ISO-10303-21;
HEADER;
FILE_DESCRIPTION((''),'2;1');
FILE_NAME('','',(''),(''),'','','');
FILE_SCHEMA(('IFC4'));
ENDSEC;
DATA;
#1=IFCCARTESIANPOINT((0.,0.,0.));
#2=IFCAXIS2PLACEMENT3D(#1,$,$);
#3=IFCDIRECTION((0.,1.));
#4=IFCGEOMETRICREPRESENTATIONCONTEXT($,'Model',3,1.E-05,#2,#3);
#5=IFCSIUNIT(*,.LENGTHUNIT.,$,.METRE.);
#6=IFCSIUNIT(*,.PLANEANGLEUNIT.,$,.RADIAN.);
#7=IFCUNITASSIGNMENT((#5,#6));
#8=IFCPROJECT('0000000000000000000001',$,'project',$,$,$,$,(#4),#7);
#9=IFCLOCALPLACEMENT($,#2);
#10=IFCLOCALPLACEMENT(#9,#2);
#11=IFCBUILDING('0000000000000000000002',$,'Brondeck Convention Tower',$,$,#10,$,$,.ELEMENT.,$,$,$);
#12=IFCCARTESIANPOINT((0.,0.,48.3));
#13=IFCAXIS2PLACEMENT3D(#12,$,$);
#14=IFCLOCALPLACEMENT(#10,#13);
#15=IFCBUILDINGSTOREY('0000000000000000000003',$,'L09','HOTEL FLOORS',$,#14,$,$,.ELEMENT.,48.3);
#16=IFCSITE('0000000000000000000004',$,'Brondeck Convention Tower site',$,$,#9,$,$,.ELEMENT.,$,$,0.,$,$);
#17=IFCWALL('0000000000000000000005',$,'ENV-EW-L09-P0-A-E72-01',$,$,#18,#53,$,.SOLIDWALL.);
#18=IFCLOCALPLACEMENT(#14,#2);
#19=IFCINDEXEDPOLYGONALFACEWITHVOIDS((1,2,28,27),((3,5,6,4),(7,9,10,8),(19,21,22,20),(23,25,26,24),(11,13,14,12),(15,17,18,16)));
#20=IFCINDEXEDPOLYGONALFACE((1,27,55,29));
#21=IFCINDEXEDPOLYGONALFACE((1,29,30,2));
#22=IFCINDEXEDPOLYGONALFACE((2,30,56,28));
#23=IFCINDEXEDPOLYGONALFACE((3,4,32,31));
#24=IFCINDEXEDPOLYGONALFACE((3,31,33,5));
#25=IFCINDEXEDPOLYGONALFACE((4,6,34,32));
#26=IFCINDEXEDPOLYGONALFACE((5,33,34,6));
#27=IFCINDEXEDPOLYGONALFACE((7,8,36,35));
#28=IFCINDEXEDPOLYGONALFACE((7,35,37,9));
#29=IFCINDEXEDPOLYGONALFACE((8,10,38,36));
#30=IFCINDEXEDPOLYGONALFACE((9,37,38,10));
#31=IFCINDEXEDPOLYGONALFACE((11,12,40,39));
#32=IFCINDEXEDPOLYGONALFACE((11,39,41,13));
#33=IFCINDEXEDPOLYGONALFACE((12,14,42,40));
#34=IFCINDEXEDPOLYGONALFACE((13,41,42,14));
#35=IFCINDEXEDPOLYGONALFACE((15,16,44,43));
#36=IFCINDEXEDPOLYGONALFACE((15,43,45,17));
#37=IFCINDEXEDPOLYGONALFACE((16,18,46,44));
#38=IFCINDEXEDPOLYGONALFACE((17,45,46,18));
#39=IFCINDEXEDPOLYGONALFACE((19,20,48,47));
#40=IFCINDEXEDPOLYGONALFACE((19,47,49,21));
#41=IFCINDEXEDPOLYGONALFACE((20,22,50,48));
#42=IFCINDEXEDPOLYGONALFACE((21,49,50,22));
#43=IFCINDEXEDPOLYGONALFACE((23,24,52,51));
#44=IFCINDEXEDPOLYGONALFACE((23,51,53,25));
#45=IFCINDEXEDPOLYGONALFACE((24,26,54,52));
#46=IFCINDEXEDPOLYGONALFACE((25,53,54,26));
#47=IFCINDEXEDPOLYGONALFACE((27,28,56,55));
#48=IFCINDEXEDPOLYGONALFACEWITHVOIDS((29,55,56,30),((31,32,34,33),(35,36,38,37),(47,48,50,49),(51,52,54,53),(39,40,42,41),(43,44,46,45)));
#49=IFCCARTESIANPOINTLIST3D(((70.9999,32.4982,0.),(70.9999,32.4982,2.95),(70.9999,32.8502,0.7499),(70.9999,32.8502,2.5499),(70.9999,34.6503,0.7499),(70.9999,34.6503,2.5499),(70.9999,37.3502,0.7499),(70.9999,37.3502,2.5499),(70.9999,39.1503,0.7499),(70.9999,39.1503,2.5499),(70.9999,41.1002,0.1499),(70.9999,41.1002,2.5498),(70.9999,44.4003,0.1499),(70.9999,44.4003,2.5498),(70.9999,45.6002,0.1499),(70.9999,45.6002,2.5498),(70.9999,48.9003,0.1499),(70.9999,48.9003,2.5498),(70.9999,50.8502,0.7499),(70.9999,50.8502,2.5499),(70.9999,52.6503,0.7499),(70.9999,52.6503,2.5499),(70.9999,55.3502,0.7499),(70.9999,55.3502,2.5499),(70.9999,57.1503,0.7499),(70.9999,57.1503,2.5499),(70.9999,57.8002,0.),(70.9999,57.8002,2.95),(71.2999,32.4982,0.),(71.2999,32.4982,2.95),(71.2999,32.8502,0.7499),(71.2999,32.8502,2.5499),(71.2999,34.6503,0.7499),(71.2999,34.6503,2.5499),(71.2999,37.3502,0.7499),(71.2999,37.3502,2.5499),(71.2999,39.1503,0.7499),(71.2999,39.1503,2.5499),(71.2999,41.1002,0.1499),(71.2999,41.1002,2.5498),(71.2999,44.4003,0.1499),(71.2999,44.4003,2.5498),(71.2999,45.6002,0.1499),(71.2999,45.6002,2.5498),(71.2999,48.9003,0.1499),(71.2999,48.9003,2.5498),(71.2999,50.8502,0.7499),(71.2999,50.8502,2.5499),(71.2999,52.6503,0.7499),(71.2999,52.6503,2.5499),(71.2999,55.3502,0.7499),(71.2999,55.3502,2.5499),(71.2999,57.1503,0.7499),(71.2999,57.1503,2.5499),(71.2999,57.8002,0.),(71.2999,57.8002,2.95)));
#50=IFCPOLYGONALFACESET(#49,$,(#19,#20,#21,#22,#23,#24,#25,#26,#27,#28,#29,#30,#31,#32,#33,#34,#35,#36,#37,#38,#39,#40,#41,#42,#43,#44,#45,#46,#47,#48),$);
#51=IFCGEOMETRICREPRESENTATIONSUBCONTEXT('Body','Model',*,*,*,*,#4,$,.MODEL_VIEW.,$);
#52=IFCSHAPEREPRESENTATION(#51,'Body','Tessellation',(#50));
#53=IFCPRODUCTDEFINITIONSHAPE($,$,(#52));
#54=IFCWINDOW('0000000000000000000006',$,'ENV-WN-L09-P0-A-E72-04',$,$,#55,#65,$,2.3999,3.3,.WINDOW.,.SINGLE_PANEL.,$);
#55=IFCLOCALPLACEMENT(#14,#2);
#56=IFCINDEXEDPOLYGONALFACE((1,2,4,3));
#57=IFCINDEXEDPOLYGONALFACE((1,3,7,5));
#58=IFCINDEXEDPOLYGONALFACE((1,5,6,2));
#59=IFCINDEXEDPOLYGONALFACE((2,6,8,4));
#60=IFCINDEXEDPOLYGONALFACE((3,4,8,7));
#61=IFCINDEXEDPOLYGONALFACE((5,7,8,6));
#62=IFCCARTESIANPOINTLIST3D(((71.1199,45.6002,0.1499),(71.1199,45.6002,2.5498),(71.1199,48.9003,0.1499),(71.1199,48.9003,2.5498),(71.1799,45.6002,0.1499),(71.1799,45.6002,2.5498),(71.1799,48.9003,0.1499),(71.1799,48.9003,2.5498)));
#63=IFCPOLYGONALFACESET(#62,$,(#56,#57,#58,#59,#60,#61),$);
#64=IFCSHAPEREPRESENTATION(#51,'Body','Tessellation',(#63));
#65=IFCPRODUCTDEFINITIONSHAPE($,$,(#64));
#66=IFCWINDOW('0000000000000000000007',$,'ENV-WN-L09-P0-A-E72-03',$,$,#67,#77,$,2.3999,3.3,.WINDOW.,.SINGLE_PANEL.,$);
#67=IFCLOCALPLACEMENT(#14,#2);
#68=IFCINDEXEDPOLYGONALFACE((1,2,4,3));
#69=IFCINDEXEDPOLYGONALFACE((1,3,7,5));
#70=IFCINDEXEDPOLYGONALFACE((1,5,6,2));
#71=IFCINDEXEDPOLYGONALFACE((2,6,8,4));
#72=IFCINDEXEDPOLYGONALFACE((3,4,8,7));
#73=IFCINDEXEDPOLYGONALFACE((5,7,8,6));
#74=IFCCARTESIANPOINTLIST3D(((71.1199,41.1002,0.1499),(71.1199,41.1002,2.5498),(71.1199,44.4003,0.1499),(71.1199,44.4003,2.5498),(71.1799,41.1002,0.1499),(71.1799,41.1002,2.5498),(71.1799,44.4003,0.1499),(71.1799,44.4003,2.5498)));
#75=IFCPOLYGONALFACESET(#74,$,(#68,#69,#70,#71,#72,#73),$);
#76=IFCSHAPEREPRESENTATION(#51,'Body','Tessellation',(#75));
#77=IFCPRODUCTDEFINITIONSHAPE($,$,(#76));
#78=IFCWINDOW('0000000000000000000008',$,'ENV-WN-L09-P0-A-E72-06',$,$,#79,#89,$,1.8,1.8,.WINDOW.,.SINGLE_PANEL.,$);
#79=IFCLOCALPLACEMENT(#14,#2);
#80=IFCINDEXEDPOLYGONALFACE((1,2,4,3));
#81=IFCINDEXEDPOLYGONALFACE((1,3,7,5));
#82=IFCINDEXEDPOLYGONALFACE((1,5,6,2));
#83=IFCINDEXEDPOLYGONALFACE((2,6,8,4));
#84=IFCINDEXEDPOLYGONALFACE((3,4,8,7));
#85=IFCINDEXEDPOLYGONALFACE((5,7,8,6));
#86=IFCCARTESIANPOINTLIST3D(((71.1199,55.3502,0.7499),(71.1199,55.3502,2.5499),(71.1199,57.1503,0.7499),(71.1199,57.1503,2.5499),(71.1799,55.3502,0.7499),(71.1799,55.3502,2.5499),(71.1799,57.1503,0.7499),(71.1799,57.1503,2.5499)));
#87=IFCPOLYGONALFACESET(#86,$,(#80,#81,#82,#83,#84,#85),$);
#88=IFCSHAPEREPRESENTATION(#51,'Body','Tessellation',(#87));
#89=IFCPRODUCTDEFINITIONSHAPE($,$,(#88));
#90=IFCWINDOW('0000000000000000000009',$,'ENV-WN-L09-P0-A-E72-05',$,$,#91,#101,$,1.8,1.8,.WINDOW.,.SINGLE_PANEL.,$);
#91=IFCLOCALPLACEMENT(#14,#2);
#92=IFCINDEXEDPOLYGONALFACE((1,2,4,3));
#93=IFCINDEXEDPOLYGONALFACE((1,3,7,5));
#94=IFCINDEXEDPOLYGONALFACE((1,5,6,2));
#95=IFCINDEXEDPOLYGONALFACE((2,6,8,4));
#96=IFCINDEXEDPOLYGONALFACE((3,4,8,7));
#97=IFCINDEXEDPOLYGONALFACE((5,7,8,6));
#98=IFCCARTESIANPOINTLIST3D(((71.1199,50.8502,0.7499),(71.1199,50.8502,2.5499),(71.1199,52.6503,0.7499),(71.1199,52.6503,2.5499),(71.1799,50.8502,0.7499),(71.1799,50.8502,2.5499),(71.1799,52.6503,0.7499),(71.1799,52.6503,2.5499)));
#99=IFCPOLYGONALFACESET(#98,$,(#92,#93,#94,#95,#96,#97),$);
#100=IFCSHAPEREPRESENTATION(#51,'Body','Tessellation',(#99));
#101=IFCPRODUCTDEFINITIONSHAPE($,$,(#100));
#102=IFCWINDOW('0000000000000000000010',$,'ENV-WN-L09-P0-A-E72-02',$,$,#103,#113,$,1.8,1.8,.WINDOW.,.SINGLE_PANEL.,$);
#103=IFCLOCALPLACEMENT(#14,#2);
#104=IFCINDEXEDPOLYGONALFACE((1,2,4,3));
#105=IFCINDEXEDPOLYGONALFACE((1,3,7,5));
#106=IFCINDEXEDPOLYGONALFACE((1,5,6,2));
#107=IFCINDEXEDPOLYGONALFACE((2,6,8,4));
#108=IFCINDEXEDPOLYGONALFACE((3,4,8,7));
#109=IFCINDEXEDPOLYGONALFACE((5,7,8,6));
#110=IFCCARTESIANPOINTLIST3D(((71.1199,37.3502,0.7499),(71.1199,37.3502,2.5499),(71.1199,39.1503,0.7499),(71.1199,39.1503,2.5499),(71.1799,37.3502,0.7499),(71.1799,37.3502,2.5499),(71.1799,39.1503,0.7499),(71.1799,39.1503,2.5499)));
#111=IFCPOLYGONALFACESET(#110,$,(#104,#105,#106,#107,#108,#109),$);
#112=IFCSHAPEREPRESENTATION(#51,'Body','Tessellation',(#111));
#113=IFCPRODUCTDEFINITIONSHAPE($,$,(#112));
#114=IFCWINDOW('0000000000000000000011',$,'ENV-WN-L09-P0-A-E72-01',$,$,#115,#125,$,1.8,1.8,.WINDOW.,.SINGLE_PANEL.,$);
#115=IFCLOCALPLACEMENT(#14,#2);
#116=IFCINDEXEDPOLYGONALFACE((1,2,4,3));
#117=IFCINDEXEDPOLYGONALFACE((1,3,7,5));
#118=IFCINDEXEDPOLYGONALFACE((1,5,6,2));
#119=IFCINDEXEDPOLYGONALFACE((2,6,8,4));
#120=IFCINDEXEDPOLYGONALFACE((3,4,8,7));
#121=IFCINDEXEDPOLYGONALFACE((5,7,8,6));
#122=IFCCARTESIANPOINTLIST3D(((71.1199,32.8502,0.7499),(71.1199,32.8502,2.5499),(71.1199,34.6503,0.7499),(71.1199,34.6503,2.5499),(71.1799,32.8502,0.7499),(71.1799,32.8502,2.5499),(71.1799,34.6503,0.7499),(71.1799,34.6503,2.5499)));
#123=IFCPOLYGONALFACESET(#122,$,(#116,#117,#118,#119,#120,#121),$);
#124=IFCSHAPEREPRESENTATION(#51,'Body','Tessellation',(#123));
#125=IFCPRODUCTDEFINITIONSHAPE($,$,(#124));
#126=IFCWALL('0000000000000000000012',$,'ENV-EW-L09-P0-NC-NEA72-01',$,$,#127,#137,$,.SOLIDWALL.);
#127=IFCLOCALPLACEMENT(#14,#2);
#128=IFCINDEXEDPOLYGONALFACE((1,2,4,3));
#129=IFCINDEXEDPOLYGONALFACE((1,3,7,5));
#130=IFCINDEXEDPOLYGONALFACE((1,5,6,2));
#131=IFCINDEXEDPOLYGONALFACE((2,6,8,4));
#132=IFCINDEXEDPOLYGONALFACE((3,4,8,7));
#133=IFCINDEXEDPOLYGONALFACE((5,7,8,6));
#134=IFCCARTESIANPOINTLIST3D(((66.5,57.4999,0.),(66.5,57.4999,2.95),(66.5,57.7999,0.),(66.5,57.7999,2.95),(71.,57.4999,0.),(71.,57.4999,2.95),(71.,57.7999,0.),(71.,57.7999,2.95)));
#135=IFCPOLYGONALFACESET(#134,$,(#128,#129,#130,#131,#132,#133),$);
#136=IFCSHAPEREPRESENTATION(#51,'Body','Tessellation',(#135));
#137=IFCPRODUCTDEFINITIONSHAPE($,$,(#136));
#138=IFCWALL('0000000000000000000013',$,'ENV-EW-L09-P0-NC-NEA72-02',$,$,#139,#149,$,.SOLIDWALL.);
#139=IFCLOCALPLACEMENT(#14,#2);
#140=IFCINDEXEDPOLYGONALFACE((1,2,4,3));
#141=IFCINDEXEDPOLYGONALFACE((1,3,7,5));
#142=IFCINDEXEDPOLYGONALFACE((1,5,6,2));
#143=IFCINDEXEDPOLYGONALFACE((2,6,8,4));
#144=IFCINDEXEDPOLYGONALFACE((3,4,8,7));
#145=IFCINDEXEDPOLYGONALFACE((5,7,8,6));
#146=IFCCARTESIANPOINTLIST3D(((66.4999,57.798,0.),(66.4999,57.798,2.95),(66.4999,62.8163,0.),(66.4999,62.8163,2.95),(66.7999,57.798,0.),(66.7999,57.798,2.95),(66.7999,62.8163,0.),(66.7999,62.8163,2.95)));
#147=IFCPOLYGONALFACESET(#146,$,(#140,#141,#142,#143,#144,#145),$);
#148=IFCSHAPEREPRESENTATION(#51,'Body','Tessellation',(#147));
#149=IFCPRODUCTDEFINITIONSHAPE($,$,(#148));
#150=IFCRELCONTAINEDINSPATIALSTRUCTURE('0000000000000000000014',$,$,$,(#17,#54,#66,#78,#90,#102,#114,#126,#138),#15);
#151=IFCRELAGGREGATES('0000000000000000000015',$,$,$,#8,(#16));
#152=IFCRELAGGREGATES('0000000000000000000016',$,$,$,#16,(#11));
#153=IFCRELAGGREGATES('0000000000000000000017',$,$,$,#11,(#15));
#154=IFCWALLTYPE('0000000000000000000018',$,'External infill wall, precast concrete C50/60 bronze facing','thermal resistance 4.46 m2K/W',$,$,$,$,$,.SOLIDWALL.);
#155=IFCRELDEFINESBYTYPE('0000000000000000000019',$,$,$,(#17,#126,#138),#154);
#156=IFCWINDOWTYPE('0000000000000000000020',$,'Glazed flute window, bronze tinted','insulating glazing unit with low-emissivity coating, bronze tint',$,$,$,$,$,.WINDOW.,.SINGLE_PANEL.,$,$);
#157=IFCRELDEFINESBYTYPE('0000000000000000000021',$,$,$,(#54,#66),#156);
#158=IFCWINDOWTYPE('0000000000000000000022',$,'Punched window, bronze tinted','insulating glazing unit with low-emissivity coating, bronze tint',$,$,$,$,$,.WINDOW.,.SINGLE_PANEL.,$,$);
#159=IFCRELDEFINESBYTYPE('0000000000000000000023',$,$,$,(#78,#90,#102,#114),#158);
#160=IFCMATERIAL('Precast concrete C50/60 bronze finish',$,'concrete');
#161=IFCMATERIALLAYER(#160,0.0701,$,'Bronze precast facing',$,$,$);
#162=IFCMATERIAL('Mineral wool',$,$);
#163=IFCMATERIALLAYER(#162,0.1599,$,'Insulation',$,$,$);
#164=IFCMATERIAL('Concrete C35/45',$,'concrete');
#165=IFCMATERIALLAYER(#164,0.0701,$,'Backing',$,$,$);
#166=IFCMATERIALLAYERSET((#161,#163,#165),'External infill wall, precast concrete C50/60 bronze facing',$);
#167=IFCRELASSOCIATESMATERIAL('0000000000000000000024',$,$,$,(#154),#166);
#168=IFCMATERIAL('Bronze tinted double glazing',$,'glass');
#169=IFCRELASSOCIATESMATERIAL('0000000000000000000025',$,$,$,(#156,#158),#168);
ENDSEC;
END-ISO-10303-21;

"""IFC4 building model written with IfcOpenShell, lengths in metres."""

from ifc_helpers import new_model, si_unit, direction, frame, frame_2d, origin, place, context, subcontext, project, spatial, rectangle, extrude, material, layer, layer_set, type_object, element, fill, save


model = new_model("IFC4")

# Units and contexts
model_context = context("Model", 3, precision=1e-05, world=origin(), true_north=direction((0.0, 1.0)))
body_context = subcontext(model_context, "Body", "Model", "MODEL_VIEW")
ifc_project = project(units=[si_unit("LENGTHUNIT", "METRE"), si_unit("PLANEANGLEUNIT", "RADIAN")], contexts=[model_context])

# Site, building, storey
site_placement = place(None, origin())
site = spatial("IfcSite", under=ifc_project, at=site_placement, Name="Brondeck Convention Tower site", CompositionType="ELEMENT", RefElevation=0.0)
building_placement = place(site_placement, origin())
building = spatial("IfcBuilding", under=site, at=building_placement, Name="Brondeck Convention Tower", CompositionType="ELEMENT")
storey_placement = place(building_placement, frame((0.0, 0.0, 48.3)))
storey = spatial("IfcBuildingStorey", under=building, at=storey_placement, Name="L09", Description="HOTEL FLOORS", CompositionType="ELEMENT", Elevation=48.3)

# Wall, openings, windows
ifc_material_1 = material(Name="Precast concrete C50/60 bronze finish", Category="concrete")
ifc_layer_1 = layer(ifc_material_1, 0.0701, Name="Bronze precast facing")
ifc_material_2 = material(Name="Mineral wool")
ifc_layer_2 = layer(ifc_material_2, 0.1599, Name="Insulation")
ifc_material_3 = material(Name="Concrete C35/45", Category="concrete")
ifc_layer_3 = layer(ifc_material_3, 0.0701, Name="Backing")
ifc_layer_set_1 = layer_set([ifc_layer_1, ifc_layer_2, ifc_layer_3], Name="External infill wall, precast concrete C50/60 bronze facing")
wall_type_1 = type_object("IfcWallType", Name="External infill wall, precast concrete C50/60 bronze facing", Description="thermal resistance 4.46 m2K/W", PredefinedType="SOLIDWALL", material=ifc_layer_set_1)
wall_1_placement = place(storey_placement, frame((71.1499, 57.8, 0.0), z_axis=(0.0, 0.0, 1.0), x_axis=(0.0, -1.0, 0.0)))
wall_1 = element("IfcWall", 1, at=wall_1_placement, inside=storey, type_object=wall_type_1, Name="ENV-EW-L09-P0-A-E72-01", PredefinedType="SOLIDWALL", context=body_context, shape_type="SweptSolid", body=[
    extrude(rectangle(XDim=25.302, YDim=0.3, at=frame_2d((12.6509, 0.0))), origin(), (0.0, 0.0, 1.0), 2.95),
])
opening_1_placement = place(wall_1_placement, frame((0.6499, 0.0, 0.75)))
opening_1 = element("IfcOpeningElement", 2, at=opening_1_placement, cuts=wall_1, PredefinedType="OPENING", context=body_context, shape_type="SweptSolid", body=[
    extrude(rectangle(XDim=1.8, YDim=1.8, at=frame_2d((0.8999, 0.8999))), frame((0.0, 0.1599, 0.0), z_axis=(0.0, -1.0, 0.0), x_axis=(1.0, 0.0, 0.0)), (0.0, 0.0, 1.0), 0.3201),
])
opening_2_placement = place(wall_1_placement, frame((5.1499, 0.0, 0.75)))
opening_2 = element("IfcOpeningElement", 3, at=opening_2_placement, cuts=wall_1, PredefinedType="OPENING", context=body_context, shape_type="SweptSolid", body=[
    extrude(rectangle(XDim=1.8, YDim=1.8, at=frame_2d((0.8999, 0.8999))), frame((0.0, 0.1599, 0.0), z_axis=(0.0, -1.0, 0.0), x_axis=(1.0, 0.0, 0.0)), (0.0, 0.0, 1.0), 0.3201),
])
opening_3_placement = place(wall_1_placement, frame((8.8999, 0.0, 0.1499)))
opening_3 = element("IfcOpeningElement", 4, at=opening_3_placement, cuts=wall_1, PredefinedType="OPENING", context=body_context, shape_type="SweptSolid", body=[
    extrude(rectangle(XDim=3.3, YDim=2.3999, at=frame_2d((1.6499, 1.2))), frame((0.0, 0.1599, 0.0), z_axis=(0.0, -1.0, 0.0), x_axis=(1.0, 0.0, 0.0)), (0.0, 0.0, 1.0), 0.3201),
])
opening_4_placement = place(wall_1_placement, frame((13.3999, 0.0, 0.1499)))
opening_4 = element("IfcOpeningElement", 5, at=opening_4_placement, cuts=wall_1, PredefinedType="OPENING", context=body_context, shape_type="SweptSolid", body=[
    extrude(rectangle(XDim=3.3, YDim=2.3999, at=frame_2d((1.6499, 1.2))), frame((0.0, 0.1599, 0.0), z_axis=(0.0, -1.0, 0.0), x_axis=(1.0, 0.0, 0.0)), (0.0, 0.0, 1.0), 0.3201),
])
opening_5_placement = place(wall_1_placement, frame((18.6499, 0.0, 0.75)))
opening_5 = element("IfcOpeningElement", 6, at=opening_5_placement, cuts=wall_1, PredefinedType="OPENING", context=body_context, shape_type="SweptSolid", body=[
    extrude(rectangle(XDim=1.8, YDim=1.8, at=frame_2d((0.8999, 0.8999))), frame((0.0, 0.1599, 0.0), z_axis=(0.0, -1.0, 0.0), x_axis=(1.0, 0.0, 0.0)), (0.0, 0.0, 1.0), 0.3201),
])
opening_6_placement = place(wall_1_placement, frame((23.1499, 0.0, 0.75)))
opening_6 = element("IfcOpeningElement", 7, at=opening_6_placement, cuts=wall_1, PredefinedType="OPENING", context=body_context, shape_type="SweptSolid", body=[
    extrude(rectangle(XDim=1.8, YDim=1.8, at=frame_2d((0.8999, 0.8999))), frame((0.0, 0.1599, 0.0), z_axis=(0.0, -1.0, 0.0), x_axis=(1.0, 0.0, 0.0)), (0.0, 0.0, 1.0), 0.3201),
])
ifc_material_4 = material(Name="Bronze tinted double glazing", Category="glass")
window_type_1 = type_object("IfcWindowType", Name="Glazed flute window, bronze tinted", Description="insulating glazing unit with low-emissivity coating, bronze tint", PartitioningType="SINGLE_PANEL", PredefinedType="WINDOW", material=ifc_material_4)
window_1_placement = place(opening_3_placement, origin())
window_1 = element("IfcWindow", 8, at=window_1_placement, inside=storey, type_object=window_type_1, Name="ENV-WN-L09-P0-A-E72-04", OverallHeight=2.3999, OverallWidth=3.3, PartitioningType="SINGLE_PANEL", PredefinedType="WINDOW", context=body_context, shape_type="SweptSolid", body=[
    extrude(rectangle(XDim=3.3, YDim=2.3999, at=frame_2d((1.6499, 1.2))), frame((0.0, 0.03, 0.0), z_axis=(0.0, -1.0, 0.0), x_axis=(1.0, 0.0, 0.0)), (0.0, 0.0, 1.0), 0.0601),
])
fill(opening_3, window_1)
window_2_placement = place(opening_4_placement, origin())
window_2 = element("IfcWindow", 9, at=window_2_placement, inside=storey, type_object=window_type_1, Name="ENV-WN-L09-P0-A-E72-03", OverallHeight=2.3999, OverallWidth=3.3, PartitioningType="SINGLE_PANEL", PredefinedType="WINDOW", context=body_context, shape_type="SweptSolid", body=[
    extrude(rectangle(XDim=3.3, YDim=2.3999, at=frame_2d((1.6499, 1.2))), frame((0.0, 0.03, 0.0), z_axis=(0.0, -1.0, 0.0), x_axis=(1.0, 0.0, 0.0)), (0.0, 0.0, 1.0), 0.0601),
])
fill(opening_4, window_2)
window_type_2 = type_object("IfcWindowType", Name="Punched window, bronze tinted", Description="insulating glazing unit with low-emissivity coating, bronze tint", PartitioningType="SINGLE_PANEL", PredefinedType="WINDOW", material=ifc_material_4)
window_3_placement = place(opening_1_placement, origin())
window_3 = element("IfcWindow", 10, at=window_3_placement, inside=storey, type_object=window_type_2, Name="ENV-WN-L09-P0-A-E72-06", OverallHeight=1.8, OverallWidth=1.8, PartitioningType="SINGLE_PANEL", PredefinedType="WINDOW", context=body_context, shape_type="SweptSolid", body=[
    extrude(rectangle(XDim=1.8, YDim=1.8, at=frame_2d((0.8999, 0.8999))), frame((0.0, 0.03, 0.0), z_axis=(0.0, -1.0, 0.0), x_axis=(1.0, 0.0, 0.0)), (0.0, 0.0, 1.0), 0.0601),
])
fill(opening_1, window_3)
window_4_placement = place(opening_2_placement, origin())
window_4 = element("IfcWindow", 11, at=window_4_placement, inside=storey, type_object=window_type_2, Name="ENV-WN-L09-P0-A-E72-05", OverallHeight=1.8, OverallWidth=1.8, PartitioningType="SINGLE_PANEL", PredefinedType="WINDOW", context=body_context, shape_type="SweptSolid", body=[
    extrude(rectangle(XDim=1.8, YDim=1.8, at=frame_2d((0.8999, 0.8999))), frame((0.0, 0.03, 0.0), z_axis=(0.0, -1.0, 0.0), x_axis=(1.0, 0.0, 0.0)), (0.0, 0.0, 1.0), 0.0601),
])
fill(opening_2, window_4)
window_5_placement = place(opening_5_placement, origin())
window_5 = element("IfcWindow", 12, at=window_5_placement, inside=storey, type_object=window_type_2, Name="ENV-WN-L09-P0-A-E72-02", OverallHeight=1.8, OverallWidth=1.8, PartitioningType="SINGLE_PANEL", PredefinedType="WINDOW", context=body_context, shape_type="SweptSolid", body=[
    extrude(rectangle(XDim=1.8, YDim=1.8, at=frame_2d((0.8999, 0.8999))), frame((0.0, 0.03, 0.0), z_axis=(0.0, -1.0, 0.0), x_axis=(1.0, 0.0, 0.0)), (0.0, 0.0, 1.0), 0.0601),
])
fill(opening_5, window_5)
window_6_placement = place(opening_6_placement, origin())
window_6 = element("IfcWindow", 13, at=window_6_placement, inside=storey, type_object=window_type_2, Name="ENV-WN-L09-P0-A-E72-01", OverallHeight=1.8, OverallWidth=1.8, PartitioningType="SINGLE_PANEL", PredefinedType="WINDOW", context=body_context, shape_type="SweptSolid", body=[
    extrude(rectangle(XDim=1.8, YDim=1.8, at=frame_2d((0.8999, 0.8999))), frame((0.0, 0.03, 0.0), z_axis=(0.0, -1.0, 0.0), x_axis=(1.0, 0.0, 0.0)), (0.0, 0.0, 1.0), 0.0601),
])
fill(opening_6, window_6)

# Walls
wall_2_placement = place(storey_placement, frame((66.5, 57.6499, 0.0), z_axis=(0.0, 0.0, 1.0), x_axis=(1.0, 0.0, 0.0)))
element("IfcWall", 14, at=wall_2_placement, inside=storey, type_object=wall_type_1, Name="ENV-EW-L09-P0-NC-NEA72-01", PredefinedType="SOLIDWALL", context=body_context, shape_type="SweptSolid", body=[
    extrude(rectangle(XDim=4.5, YDim=0.3, at=frame_2d((2.25, 0.0))), origin(), (0.0, 0.0, 1.0), 2.95),
])
wall_3_placement = place(storey_placement, frame((66.6499, 62.8164, 0.0), z_axis=(0.0, 0.0, 1.0), x_axis=(0.0, -1.0, 0.0)))
element("IfcWall", 15, at=wall_3_placement, inside=storey, type_object=wall_type_1, Name="ENV-EW-L09-P0-NC-NEA72-02", PredefinedType="SOLIDWALL", context=body_context, shape_type="SweptSolid", body=[
    extrude(rectangle(XDim=5.0183, YDim=0.3, at=frame_2d((2.5093, 0.0))), origin(), (0.0, 0.0, 1.0), 2.95),
])

save(model, "model.ifc")
